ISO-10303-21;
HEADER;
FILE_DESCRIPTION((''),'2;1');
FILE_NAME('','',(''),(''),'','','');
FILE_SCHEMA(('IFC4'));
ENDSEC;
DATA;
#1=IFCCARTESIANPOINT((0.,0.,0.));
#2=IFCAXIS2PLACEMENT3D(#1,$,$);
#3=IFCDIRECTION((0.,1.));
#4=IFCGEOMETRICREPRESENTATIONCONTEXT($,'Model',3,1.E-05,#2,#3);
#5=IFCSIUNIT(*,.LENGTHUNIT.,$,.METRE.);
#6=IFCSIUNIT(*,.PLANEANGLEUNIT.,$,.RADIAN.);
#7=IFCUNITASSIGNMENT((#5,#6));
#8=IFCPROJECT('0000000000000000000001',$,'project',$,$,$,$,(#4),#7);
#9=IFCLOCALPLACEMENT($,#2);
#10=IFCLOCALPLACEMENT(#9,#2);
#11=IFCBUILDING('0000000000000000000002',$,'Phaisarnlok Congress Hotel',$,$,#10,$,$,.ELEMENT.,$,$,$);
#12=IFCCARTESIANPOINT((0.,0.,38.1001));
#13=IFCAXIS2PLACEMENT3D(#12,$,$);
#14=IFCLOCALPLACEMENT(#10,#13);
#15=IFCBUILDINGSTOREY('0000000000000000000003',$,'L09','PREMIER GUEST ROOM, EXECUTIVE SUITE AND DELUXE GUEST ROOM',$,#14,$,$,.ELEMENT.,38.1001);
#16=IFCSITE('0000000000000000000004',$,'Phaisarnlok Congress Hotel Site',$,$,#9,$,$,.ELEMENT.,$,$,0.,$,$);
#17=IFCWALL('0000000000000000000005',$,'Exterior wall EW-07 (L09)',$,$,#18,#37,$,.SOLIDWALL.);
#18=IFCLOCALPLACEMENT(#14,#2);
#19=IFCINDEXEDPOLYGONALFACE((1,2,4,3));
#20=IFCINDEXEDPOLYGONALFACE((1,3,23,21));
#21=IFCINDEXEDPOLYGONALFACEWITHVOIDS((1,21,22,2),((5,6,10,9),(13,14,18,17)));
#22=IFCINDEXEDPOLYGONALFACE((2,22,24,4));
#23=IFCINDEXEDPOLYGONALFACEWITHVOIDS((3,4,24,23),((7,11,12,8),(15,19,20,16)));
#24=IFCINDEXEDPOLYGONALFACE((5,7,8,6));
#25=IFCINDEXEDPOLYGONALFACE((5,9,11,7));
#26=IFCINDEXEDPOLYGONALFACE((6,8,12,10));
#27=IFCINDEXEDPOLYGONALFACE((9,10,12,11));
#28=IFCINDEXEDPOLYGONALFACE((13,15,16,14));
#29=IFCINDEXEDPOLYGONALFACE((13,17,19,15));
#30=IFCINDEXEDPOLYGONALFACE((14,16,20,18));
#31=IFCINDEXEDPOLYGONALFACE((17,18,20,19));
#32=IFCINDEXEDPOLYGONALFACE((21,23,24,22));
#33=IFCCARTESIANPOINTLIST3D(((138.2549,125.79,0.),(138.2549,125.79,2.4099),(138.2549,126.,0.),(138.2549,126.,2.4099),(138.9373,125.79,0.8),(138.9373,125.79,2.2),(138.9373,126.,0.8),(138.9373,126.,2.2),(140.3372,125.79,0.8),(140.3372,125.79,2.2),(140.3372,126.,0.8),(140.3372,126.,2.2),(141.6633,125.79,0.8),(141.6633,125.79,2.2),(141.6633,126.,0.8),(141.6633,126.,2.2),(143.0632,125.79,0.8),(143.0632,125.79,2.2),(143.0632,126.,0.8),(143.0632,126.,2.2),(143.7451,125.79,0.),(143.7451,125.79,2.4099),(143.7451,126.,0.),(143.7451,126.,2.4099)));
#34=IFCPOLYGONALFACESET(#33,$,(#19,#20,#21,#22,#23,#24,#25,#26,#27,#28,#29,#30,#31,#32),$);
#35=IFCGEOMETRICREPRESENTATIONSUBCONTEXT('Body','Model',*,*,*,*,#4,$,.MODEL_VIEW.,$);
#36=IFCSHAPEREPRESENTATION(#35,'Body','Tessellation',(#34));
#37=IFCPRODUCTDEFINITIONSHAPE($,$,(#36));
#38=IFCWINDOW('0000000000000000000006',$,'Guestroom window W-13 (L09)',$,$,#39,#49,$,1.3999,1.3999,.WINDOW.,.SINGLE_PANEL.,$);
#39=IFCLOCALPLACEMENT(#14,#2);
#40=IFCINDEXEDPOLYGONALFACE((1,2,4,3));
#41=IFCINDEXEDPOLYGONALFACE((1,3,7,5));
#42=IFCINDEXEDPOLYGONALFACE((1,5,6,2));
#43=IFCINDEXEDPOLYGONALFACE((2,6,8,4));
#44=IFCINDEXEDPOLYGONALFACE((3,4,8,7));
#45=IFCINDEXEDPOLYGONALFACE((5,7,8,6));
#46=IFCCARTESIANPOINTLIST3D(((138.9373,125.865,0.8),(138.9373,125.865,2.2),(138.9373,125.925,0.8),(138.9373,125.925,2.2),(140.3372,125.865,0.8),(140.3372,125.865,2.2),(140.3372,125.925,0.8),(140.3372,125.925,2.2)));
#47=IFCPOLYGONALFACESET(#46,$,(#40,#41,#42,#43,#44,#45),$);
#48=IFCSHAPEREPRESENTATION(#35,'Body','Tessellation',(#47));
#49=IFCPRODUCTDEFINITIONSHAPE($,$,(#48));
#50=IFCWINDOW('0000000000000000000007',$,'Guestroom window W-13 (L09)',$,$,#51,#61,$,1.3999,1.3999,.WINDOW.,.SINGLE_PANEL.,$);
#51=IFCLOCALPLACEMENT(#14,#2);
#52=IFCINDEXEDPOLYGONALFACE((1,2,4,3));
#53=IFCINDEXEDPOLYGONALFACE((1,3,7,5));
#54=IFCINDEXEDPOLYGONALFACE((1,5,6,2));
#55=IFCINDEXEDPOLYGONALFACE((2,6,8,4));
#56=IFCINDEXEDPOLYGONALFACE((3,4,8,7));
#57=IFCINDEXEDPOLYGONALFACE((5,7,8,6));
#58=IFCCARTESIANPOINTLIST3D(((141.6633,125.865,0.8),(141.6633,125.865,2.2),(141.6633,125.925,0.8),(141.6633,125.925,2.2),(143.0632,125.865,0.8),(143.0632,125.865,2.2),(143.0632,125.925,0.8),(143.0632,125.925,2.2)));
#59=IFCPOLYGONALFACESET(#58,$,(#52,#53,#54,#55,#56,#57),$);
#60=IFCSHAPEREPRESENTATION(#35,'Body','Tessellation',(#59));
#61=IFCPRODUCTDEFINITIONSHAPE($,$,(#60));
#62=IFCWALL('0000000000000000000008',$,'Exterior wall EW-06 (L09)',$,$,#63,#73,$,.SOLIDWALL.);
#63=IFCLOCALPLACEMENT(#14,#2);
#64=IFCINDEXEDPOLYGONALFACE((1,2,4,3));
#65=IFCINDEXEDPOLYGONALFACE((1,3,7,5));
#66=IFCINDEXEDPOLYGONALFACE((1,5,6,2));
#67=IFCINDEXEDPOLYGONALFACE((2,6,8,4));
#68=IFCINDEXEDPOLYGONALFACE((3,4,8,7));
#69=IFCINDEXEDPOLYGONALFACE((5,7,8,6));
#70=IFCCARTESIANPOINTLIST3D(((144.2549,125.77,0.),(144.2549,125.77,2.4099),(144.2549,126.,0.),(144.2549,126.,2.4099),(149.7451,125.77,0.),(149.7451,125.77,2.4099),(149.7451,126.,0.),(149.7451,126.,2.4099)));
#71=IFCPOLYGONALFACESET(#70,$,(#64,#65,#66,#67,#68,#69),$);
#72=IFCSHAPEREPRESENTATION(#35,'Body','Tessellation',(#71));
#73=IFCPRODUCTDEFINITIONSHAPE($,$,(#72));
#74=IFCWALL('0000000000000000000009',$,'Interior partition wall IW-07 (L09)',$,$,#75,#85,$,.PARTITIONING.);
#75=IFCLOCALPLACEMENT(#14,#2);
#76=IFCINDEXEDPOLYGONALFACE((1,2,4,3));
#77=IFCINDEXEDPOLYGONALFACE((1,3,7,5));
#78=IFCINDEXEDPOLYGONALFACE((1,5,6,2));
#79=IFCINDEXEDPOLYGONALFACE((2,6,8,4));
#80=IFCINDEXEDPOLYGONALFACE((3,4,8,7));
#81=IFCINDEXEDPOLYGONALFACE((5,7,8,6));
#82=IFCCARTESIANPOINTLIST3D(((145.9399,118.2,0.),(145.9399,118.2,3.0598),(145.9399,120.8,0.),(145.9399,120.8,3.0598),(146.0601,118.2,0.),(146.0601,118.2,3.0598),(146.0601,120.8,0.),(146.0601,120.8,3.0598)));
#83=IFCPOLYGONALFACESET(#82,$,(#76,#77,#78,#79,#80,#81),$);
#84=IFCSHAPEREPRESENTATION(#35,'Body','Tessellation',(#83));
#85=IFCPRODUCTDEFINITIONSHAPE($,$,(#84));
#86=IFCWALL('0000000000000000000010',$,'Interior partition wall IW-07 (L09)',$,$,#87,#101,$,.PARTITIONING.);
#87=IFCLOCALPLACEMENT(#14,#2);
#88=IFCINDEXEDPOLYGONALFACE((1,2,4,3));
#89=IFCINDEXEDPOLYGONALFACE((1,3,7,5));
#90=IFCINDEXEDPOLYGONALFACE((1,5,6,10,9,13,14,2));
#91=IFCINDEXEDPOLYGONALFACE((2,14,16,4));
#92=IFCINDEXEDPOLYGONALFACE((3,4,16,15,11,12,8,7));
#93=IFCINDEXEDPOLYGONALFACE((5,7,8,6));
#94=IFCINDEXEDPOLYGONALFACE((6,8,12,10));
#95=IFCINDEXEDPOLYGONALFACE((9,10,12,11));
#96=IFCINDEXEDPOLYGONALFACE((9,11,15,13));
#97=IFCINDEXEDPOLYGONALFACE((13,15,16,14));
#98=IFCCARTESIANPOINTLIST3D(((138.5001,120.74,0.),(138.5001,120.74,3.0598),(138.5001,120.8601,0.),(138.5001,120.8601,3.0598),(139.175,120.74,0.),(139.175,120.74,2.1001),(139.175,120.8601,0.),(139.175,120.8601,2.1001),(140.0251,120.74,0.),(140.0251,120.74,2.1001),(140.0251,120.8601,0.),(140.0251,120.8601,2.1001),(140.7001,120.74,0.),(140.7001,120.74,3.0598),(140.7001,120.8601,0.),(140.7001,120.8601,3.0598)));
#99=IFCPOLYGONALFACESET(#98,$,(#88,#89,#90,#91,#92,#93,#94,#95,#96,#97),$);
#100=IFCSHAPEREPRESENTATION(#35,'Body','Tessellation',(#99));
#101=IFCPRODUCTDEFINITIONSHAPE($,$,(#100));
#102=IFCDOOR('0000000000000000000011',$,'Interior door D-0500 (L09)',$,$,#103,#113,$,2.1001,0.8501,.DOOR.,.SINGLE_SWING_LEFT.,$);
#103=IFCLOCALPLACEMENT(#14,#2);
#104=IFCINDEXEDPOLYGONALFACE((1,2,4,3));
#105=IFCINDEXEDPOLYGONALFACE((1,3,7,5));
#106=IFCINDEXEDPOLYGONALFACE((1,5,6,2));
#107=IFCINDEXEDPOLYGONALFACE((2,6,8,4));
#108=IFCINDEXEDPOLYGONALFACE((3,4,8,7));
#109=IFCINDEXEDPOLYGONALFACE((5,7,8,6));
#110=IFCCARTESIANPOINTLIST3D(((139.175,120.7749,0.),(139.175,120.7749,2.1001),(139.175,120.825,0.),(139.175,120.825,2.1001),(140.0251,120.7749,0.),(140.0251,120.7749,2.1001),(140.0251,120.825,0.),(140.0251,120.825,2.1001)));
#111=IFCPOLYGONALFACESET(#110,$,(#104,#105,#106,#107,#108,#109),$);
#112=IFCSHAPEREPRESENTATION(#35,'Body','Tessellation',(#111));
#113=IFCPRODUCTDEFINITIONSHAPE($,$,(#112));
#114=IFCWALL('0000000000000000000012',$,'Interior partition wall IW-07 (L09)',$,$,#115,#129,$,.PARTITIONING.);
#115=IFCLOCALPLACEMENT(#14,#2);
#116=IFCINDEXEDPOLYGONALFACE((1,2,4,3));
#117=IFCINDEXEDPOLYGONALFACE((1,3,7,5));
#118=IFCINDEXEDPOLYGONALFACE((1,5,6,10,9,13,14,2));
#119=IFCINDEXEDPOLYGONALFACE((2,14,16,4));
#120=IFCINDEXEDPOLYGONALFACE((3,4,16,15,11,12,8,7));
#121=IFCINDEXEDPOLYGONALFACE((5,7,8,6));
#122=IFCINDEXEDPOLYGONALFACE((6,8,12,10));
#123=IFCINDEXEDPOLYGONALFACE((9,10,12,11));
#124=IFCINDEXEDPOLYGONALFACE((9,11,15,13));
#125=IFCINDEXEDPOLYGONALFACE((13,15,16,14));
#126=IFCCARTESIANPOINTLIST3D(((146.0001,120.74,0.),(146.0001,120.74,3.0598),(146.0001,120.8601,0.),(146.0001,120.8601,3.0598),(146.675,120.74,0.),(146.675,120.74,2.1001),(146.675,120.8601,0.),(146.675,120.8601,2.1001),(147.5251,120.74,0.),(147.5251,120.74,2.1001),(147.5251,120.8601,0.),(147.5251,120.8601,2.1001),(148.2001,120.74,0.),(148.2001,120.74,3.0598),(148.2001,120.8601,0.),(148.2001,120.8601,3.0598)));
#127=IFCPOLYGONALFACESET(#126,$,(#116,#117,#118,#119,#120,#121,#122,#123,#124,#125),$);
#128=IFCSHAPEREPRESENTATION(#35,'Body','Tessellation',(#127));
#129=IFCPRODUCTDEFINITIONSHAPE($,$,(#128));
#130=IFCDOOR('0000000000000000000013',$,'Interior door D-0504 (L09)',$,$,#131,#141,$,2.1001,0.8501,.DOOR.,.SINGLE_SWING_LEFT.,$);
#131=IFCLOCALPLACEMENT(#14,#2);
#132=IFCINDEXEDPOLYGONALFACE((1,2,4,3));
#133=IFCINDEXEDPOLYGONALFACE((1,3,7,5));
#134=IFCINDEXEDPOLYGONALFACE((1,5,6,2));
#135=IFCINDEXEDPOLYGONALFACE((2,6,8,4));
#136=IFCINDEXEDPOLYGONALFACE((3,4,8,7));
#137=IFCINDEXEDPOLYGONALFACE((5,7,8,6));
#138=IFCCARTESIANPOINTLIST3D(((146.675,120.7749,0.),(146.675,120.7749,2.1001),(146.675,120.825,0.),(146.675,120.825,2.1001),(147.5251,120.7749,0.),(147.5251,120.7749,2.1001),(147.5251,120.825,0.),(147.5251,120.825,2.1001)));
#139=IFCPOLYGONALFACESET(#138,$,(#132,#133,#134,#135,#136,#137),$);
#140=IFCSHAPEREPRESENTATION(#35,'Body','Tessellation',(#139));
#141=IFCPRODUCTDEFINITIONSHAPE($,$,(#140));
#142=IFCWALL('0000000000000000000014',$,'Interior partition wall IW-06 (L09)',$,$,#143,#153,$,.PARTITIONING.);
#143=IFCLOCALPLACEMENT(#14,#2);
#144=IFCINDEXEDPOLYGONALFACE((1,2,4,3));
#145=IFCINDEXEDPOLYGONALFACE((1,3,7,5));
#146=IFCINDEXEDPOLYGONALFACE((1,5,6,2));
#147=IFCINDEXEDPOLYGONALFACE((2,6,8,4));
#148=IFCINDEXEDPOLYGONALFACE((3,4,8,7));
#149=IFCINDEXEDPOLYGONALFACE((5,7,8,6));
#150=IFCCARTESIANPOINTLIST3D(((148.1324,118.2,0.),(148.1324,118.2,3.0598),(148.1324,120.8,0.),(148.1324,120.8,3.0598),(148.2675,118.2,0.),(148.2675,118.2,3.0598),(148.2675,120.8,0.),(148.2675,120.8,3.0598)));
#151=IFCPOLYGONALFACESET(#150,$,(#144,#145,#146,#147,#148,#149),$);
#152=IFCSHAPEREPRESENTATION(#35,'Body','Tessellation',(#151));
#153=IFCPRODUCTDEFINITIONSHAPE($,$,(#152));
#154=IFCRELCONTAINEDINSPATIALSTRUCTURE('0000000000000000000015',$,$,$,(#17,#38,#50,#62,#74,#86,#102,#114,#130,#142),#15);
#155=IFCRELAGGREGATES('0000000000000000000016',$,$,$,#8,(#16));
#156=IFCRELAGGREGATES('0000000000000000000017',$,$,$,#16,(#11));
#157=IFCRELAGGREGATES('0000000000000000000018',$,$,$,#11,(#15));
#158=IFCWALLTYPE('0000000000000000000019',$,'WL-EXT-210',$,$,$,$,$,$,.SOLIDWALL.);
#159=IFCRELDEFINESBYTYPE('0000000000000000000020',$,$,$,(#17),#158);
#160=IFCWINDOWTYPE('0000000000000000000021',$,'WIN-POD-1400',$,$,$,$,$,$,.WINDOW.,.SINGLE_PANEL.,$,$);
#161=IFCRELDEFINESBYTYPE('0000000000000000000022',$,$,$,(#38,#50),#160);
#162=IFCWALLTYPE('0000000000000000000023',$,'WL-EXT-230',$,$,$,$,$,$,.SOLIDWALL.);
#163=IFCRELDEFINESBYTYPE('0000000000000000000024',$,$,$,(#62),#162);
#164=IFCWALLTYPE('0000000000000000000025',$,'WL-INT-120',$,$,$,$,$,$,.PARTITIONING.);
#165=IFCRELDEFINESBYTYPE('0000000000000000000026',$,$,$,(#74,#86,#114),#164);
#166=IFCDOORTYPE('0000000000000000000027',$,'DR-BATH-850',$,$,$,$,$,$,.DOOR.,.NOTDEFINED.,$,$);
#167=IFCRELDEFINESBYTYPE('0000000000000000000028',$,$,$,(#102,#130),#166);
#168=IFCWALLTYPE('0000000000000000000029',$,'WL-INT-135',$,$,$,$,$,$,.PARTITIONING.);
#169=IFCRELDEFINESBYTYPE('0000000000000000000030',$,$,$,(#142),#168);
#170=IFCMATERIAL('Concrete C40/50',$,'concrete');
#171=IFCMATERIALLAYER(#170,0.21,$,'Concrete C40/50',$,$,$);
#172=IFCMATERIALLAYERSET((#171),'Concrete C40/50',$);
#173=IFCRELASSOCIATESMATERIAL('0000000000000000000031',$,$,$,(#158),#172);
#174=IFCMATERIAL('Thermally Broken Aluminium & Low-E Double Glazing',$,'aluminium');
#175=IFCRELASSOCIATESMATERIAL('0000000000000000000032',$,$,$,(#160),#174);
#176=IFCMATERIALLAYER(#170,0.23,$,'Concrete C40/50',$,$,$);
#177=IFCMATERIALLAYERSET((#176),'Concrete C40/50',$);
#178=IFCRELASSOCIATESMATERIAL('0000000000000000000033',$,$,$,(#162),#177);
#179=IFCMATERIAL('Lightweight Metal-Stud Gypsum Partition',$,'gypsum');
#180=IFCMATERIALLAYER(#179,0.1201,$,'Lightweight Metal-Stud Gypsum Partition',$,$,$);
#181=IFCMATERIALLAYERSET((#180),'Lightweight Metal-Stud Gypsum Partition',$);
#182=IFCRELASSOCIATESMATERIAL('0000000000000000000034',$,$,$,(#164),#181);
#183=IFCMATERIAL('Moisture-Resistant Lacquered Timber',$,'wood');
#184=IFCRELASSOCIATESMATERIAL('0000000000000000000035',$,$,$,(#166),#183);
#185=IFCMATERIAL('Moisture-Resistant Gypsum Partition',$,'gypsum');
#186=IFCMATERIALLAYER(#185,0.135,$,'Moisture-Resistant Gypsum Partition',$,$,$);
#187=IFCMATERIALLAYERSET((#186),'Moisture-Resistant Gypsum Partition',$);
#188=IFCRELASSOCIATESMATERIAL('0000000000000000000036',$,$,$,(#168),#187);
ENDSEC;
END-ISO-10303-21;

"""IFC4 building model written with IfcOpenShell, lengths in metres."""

from ifc_helpers import new_model, si_unit, direction, frame, frame_2d, origin, place, context, subcontext, project, spatial, rectangle, extrude, material, layer, layer_set, type_object, element, fill, save


model = new_model("IFC4")

# Units and contexts
model_context = context("Model", 3, precision=1e-05, world=origin(), true_north=direction((0.0, 1.0)))
body_context = subcontext(model_context, "Body", "Model", "MODEL_VIEW")
ifc_project = project(units=[si_unit("LENGTHUNIT", "METRE"), si_unit("PLANEANGLEUNIT", "RADIAN")], contexts=[model_context])

# Site, building, storey
site_placement = place(None, origin())
site = spatial("IfcSite", under=ifc_project, at=site_placement, Name="Phaisarnlok Congress Hotel Site", CompositionType="ELEMENT", RefElevation=0.0)
building_placement = place(site_placement, origin())
building = spatial("IfcBuilding", under=site, at=building_placement, Name="Phaisarnlok Congress Hotel", CompositionType="ELEMENT")
storey_placement = place(building_placement, frame((0.0, 0.0, 38.1001)))
storey = spatial("IfcBuildingStorey", under=building, at=storey_placement, Name="L09", Description="PREMIER GUEST ROOM, EXECUTIVE SUITE AND DELUXE GUEST ROOM", CompositionType="ELEMENT", Elevation=38.1001)

# Shared definitions
ifc_material_1 = material(Name="Concrete C40/50", Category="concrete")

# Wall, openings, windows
ifc_layer_1 = layer(ifc_material_1, 0.21, Name="Concrete C40/50")
ifc_layer_set_1 = layer_set([ifc_layer_1], Name="Concrete C40/50")
wall_type_1 = type_object("IfcWallType", Name="WL-EXT-210", PredefinedType="SOLIDWALL", material=ifc_layer_set_1)
wall_1_placement = place(storey_placement, frame((143.7451, 125.895, 0.0), z_axis=(0.0, 0.0, 1.0), x_axis=(-1.0, 0.0, 0.0)))
wall_1 = element("IfcWall", 1, at=wall_1_placement, inside=storey, type_object=wall_type_1, Name="Exterior wall EW-07 (L09)", PredefinedType="SOLIDWALL", context=body_context, shape_type="SweptSolid", body=[
    extrude(rectangle(XDim=5.4902, YDim=0.21, at=frame_2d((2.7451, 0.0))), origin(), (0.0, 0.0, 1.0), 2.4099),
])
opening_1_placement = place(wall_1_placement, frame((3.408, 0.0, 0.8)))
opening_1 = element("IfcOpeningElement", 2, at=opening_1_placement, cuts=wall_1, PredefinedType="OPENING", context=body_context, shape_type="SweptSolid", body=[
    extrude(rectangle(XDim=1.3999, YDim=1.3999, at=frame_2d((0.7, 0.7))), frame((0.0, 0.115, 0.0), z_axis=(0.0, -1.0, 0.0), x_axis=(1.0, 0.0, 0.0)), (0.0, 0.0, 1.0), 0.23),
])
opening_2_placement = place(wall_1_placement, frame((0.6819, 0.0, 0.8)))
opening_2 = element("IfcOpeningElement", 3, at=opening_2_placement, cuts=wall_1, PredefinedType="OPENING", context=body_context, shape_type="SweptSolid", body=[
    extrude(rectangle(XDim=1.3999, YDim=1.3999, at=frame_2d((0.7, 0.7))), frame((0.0, 0.115, 0.0), z_axis=(0.0, -1.0, 0.0), x_axis=(1.0, 0.0, 0.0)), (0.0, 0.0, 1.0), 0.23),
])
ifc_material_2 = material(Name="Thermally Broken Aluminium & Low-E Double Glazing", Category="aluminium")
window_type = type_object("IfcWindowType", Name="WIN-POD-1400", PartitioningType="SINGLE_PANEL", PredefinedType="WINDOW", material=ifc_material_2)
window_1_placement = place(opening_1_placement, origin())
window_1 = element("IfcWindow", 4, at=window_1_placement, inside=storey, type_object=window_type, Name="Guestroom window W-13 (L09)", OverallHeight=1.3999, OverallWidth=1.3999, PartitioningType="SINGLE_PANEL", PredefinedType="WINDOW", context=body_context, shape_type="SweptSolid", body=[
    extrude(rectangle(XDim=1.3999, YDim=1.3999, at=frame_2d((0.7, 0.7))), frame((0.0, 0.03, 0.0), z_axis=(0.0, -1.0, 0.0), x_axis=(1.0, 0.0, 0.0)), (0.0, 0.0, 1.0), 0.0601),
])
fill(opening_1, window_1)
window_2_placement = place(opening_2_placement, origin())
window_2 = element("IfcWindow", 5, at=window_2_placement, inside=storey, type_object=window_type, Name="Guestroom window W-13 (L09)", OverallHeight=1.3999, OverallWidth=1.3999, PartitioningType="SINGLE_PANEL", PredefinedType="WINDOW", context=body_context, shape_type="SweptSolid", body=[
    extrude(rectangle(XDim=1.3999, YDim=1.3999, at=frame_2d((0.7, 0.7))), frame((0.0, 0.03, 0.0), z_axis=(0.0, -1.0, 0.0), x_axis=(1.0, 0.0, 0.0)), (0.0, 0.0, 1.0), 0.0601),
])
fill(opening_2, window_2)

# Walls
ifc_layer_2 = layer(ifc_material_1, 0.23, Name="Concrete C40/50")
ifc_layer_set_2 = layer_set([ifc_layer_2], Name="Concrete C40/50")
wall_type_2 = type_object("IfcWallType", Name="WL-EXT-230", PredefinedType="SOLIDWALL", material=ifc_layer_set_2)
wall_2_placement = place(storey_placement, frame((149.7451, 125.885, 0.0), z_axis=(0.0, 0.0, 1.0), x_axis=(-1.0, 0.0, 0.0)))
element("IfcWall", 6, at=wall_2_placement, inside=storey, type_object=wall_type_2, Name="Exterior wall EW-06 (L09)", PredefinedType="SOLIDWALL", context=body_context, shape_type="SweptSolid", body=[
    extrude(rectangle(XDim=5.4902, YDim=0.23, at=frame_2d((2.7451, 0.0))), origin(), (0.0, 0.0, 1.0), 2.4099),
])
ifc_material_3 = material(Name="Lightweight Metal-Stud Gypsum Partition", Category="gypsum")
ifc_layer_3 = layer(ifc_material_3, 0.1201, Name="Lightweight Metal-Stud Gypsum Partition")
ifc_layer_set_3 = layer_set([ifc_layer_3], Name="Lightweight Metal-Stud Gypsum Partition")
wall_type_3 = type_object("IfcWallType", Name="WL-INT-120", PredefinedType="PARTITIONING", material=ifc_layer_set_3)
wall_3_placement = place(storey_placement, frame((146.0, 118.2, 0.0), z_axis=(0.0, 0.0, 1.0), x_axis=(0.0, 1.0, 0.0)))
element("IfcWall", 7, at=wall_3_placement, inside=storey, type_object=wall_type_3, Name="Interior partition wall IW-07 (L09)", PredefinedType="PARTITIONING", context=body_context, shape_type="SweptSolid", body=[
    extrude(rectangle(XDim=2.6001, YDim=0.1201, at=frame_2d((1.3, 0.0))), origin(), (0.0, 0.0, 1.0), 3.0598),
])

# Walls, openings, doors
wall_4_placement = place(storey_placement, frame((138.5, 120.8, 0.0), z_axis=(0.0, 0.0, 1.0), x_axis=(1.0, 0.0, 0.0)))
wall_4 = element("IfcWall", 8, at=wall_4_placement, inside=storey, type_object=wall_type_3, Name="Interior partition wall IW-07 (L09)", PredefinedType="PARTITIONING", context=body_context, shape_type="SweptSolid", body=[
    extrude(rectangle(XDim=2.2, YDim=0.1201, at=frame_2d((1.1001, 0.0))), origin(), (0.0, 0.0, 1.0), 3.0598),
])
opening_3_placement = place(wall_4_placement, frame((0.675, 0.0, 0.0)))
opening_3 = element("IfcOpeningElement", 9, at=opening_3_placement, cuts=wall_4, PredefinedType="OPENING", context=body_context, shape_type="SweptSolid", body=[
    extrude(rectangle(XDim=0.8501, YDim=2.1001, at=frame_2d((0.425, 1.05))), frame((0.0, 0.0701, 0.0), z_axis=(0.0, -1.0, 0.0), x_axis=(1.0, 0.0, 0.0)), (0.0, 0.0, 1.0), 0.1401),
])
ifc_material_4 = material(Name="Moisture-Resistant Lacquered Timber", Category="wood")
door_type = type_object("IfcDoorType", Name="DR-BATH-850", OperationType="NOTDEFINED", PredefinedType="DOOR", material=ifc_material_4)
door_1_placement = place(opening_3_placement, origin())
door_1 = element("IfcDoor", 10, at=door_1_placement, inside=storey, type_object=door_type, Name="Interior door D-0500 (L09)", OperationType="SINGLE_SWING_LEFT", OverallHeight=2.1001, OverallWidth=0.8501, PredefinedType="DOOR", context=body_context, shape_type="SweptSolid", body=[
    extrude(rectangle(XDim=0.8501, YDim=2.1001, at=frame_2d((0.425, 1.05))), frame((0.0, 0.0249, 0.0), z_axis=(0.0, -1.0, 0.0), x_axis=(1.0, 0.0, 0.0)), (0.0, 0.0, 1.0), 0.05),
])
fill(opening_3, door_1)
wall_5_placement = place(storey_placement, frame((146.0, 120.8, 0.0), z_axis=(0.0, 0.0, 1.0), x_axis=(1.0, 0.0, 0.0)))
wall_5 = element("IfcWall", 11, at=wall_5_placement, inside=storey, type_object=wall_type_3, Name="Interior partition wall IW-07 (L09)", PredefinedType="PARTITIONING", context=body_context, shape_type="SweptSolid", body=[
    extrude(rectangle(XDim=2.2, YDim=0.1201, at=frame_2d((1.1001, 0.0))), origin(), (0.0, 0.0, 1.0), 3.0598),
])
opening_4_placement = place(wall_5_placement, frame((0.675, 0.0, 0.0)))
opening_4 = element("IfcOpeningElement", 12, at=opening_4_placement, cuts=wall_5, PredefinedType="OPENING", context=body_context, shape_type="SweptSolid", body=[
    extrude(rectangle(XDim=0.8501, YDim=2.1001, at=frame_2d((0.425, 1.05))), frame((0.0, 0.0701, 0.0), z_axis=(0.0, -1.0, 0.0), x_axis=(1.0, 0.0, 0.0)), (0.0, 0.0, 1.0), 0.1401),
])
door_2_placement = place(opening_4_placement, origin())
door_2 = element("IfcDoor", 13, at=door_2_placement, inside=storey, type_object=door_type, Name="Interior door D-0504 (L09)", OperationType="SINGLE_SWING_LEFT", OverallHeight=2.1001, OverallWidth=0.8501, PredefinedType="DOOR", context=body_context, shape_type="SweptSolid", body=[
    extrude(rectangle(XDim=0.8501, YDim=2.1001, at=frame_2d((0.425, 1.05))), frame((0.0, 0.0249, 0.0), z_axis=(0.0, -1.0, 0.0), x_axis=(1.0, 0.0, 0.0)), (0.0, 0.0, 1.0), 0.05),
])
fill(opening_4, door_2)

# Wall
ifc_material_5 = material(Name="Moisture-Resistant Gypsum Partition", Category="gypsum")
ifc_layer_4 = layer(ifc_material_5, 0.135, Name="Moisture-Resistant Gypsum Partition")
ifc_layer_set_4 = layer_set([ifc_layer_4], Name="Moisture-Resistant Gypsum Partition")
wall_type_4 = type_object("IfcWallType", Name="WL-INT-135", PredefinedType="PARTITIONING", material=ifc_layer_set_4)
wall_6_placement = place(storey_placement, frame((148.2, 118.2, 0.0), z_axis=(0.0, 0.0, 1.0), x_axis=(0.0, 1.0, 0.0)))
element("IfcWall", 14, at=wall_6_placement, inside=storey, type_object=wall_type_4, Name="Interior partition wall IW-06 (L09)", PredefinedType="PARTITIONING", context=body_context, shape_type="SweptSolid", body=[
    extrude(rectangle(XDim=2.6001, YDim=0.135, at=frame_2d((1.3, 0.0))), origin(), (0.0, 0.0, 1.0), 3.0598),
])

save(model, "model.ifc")
